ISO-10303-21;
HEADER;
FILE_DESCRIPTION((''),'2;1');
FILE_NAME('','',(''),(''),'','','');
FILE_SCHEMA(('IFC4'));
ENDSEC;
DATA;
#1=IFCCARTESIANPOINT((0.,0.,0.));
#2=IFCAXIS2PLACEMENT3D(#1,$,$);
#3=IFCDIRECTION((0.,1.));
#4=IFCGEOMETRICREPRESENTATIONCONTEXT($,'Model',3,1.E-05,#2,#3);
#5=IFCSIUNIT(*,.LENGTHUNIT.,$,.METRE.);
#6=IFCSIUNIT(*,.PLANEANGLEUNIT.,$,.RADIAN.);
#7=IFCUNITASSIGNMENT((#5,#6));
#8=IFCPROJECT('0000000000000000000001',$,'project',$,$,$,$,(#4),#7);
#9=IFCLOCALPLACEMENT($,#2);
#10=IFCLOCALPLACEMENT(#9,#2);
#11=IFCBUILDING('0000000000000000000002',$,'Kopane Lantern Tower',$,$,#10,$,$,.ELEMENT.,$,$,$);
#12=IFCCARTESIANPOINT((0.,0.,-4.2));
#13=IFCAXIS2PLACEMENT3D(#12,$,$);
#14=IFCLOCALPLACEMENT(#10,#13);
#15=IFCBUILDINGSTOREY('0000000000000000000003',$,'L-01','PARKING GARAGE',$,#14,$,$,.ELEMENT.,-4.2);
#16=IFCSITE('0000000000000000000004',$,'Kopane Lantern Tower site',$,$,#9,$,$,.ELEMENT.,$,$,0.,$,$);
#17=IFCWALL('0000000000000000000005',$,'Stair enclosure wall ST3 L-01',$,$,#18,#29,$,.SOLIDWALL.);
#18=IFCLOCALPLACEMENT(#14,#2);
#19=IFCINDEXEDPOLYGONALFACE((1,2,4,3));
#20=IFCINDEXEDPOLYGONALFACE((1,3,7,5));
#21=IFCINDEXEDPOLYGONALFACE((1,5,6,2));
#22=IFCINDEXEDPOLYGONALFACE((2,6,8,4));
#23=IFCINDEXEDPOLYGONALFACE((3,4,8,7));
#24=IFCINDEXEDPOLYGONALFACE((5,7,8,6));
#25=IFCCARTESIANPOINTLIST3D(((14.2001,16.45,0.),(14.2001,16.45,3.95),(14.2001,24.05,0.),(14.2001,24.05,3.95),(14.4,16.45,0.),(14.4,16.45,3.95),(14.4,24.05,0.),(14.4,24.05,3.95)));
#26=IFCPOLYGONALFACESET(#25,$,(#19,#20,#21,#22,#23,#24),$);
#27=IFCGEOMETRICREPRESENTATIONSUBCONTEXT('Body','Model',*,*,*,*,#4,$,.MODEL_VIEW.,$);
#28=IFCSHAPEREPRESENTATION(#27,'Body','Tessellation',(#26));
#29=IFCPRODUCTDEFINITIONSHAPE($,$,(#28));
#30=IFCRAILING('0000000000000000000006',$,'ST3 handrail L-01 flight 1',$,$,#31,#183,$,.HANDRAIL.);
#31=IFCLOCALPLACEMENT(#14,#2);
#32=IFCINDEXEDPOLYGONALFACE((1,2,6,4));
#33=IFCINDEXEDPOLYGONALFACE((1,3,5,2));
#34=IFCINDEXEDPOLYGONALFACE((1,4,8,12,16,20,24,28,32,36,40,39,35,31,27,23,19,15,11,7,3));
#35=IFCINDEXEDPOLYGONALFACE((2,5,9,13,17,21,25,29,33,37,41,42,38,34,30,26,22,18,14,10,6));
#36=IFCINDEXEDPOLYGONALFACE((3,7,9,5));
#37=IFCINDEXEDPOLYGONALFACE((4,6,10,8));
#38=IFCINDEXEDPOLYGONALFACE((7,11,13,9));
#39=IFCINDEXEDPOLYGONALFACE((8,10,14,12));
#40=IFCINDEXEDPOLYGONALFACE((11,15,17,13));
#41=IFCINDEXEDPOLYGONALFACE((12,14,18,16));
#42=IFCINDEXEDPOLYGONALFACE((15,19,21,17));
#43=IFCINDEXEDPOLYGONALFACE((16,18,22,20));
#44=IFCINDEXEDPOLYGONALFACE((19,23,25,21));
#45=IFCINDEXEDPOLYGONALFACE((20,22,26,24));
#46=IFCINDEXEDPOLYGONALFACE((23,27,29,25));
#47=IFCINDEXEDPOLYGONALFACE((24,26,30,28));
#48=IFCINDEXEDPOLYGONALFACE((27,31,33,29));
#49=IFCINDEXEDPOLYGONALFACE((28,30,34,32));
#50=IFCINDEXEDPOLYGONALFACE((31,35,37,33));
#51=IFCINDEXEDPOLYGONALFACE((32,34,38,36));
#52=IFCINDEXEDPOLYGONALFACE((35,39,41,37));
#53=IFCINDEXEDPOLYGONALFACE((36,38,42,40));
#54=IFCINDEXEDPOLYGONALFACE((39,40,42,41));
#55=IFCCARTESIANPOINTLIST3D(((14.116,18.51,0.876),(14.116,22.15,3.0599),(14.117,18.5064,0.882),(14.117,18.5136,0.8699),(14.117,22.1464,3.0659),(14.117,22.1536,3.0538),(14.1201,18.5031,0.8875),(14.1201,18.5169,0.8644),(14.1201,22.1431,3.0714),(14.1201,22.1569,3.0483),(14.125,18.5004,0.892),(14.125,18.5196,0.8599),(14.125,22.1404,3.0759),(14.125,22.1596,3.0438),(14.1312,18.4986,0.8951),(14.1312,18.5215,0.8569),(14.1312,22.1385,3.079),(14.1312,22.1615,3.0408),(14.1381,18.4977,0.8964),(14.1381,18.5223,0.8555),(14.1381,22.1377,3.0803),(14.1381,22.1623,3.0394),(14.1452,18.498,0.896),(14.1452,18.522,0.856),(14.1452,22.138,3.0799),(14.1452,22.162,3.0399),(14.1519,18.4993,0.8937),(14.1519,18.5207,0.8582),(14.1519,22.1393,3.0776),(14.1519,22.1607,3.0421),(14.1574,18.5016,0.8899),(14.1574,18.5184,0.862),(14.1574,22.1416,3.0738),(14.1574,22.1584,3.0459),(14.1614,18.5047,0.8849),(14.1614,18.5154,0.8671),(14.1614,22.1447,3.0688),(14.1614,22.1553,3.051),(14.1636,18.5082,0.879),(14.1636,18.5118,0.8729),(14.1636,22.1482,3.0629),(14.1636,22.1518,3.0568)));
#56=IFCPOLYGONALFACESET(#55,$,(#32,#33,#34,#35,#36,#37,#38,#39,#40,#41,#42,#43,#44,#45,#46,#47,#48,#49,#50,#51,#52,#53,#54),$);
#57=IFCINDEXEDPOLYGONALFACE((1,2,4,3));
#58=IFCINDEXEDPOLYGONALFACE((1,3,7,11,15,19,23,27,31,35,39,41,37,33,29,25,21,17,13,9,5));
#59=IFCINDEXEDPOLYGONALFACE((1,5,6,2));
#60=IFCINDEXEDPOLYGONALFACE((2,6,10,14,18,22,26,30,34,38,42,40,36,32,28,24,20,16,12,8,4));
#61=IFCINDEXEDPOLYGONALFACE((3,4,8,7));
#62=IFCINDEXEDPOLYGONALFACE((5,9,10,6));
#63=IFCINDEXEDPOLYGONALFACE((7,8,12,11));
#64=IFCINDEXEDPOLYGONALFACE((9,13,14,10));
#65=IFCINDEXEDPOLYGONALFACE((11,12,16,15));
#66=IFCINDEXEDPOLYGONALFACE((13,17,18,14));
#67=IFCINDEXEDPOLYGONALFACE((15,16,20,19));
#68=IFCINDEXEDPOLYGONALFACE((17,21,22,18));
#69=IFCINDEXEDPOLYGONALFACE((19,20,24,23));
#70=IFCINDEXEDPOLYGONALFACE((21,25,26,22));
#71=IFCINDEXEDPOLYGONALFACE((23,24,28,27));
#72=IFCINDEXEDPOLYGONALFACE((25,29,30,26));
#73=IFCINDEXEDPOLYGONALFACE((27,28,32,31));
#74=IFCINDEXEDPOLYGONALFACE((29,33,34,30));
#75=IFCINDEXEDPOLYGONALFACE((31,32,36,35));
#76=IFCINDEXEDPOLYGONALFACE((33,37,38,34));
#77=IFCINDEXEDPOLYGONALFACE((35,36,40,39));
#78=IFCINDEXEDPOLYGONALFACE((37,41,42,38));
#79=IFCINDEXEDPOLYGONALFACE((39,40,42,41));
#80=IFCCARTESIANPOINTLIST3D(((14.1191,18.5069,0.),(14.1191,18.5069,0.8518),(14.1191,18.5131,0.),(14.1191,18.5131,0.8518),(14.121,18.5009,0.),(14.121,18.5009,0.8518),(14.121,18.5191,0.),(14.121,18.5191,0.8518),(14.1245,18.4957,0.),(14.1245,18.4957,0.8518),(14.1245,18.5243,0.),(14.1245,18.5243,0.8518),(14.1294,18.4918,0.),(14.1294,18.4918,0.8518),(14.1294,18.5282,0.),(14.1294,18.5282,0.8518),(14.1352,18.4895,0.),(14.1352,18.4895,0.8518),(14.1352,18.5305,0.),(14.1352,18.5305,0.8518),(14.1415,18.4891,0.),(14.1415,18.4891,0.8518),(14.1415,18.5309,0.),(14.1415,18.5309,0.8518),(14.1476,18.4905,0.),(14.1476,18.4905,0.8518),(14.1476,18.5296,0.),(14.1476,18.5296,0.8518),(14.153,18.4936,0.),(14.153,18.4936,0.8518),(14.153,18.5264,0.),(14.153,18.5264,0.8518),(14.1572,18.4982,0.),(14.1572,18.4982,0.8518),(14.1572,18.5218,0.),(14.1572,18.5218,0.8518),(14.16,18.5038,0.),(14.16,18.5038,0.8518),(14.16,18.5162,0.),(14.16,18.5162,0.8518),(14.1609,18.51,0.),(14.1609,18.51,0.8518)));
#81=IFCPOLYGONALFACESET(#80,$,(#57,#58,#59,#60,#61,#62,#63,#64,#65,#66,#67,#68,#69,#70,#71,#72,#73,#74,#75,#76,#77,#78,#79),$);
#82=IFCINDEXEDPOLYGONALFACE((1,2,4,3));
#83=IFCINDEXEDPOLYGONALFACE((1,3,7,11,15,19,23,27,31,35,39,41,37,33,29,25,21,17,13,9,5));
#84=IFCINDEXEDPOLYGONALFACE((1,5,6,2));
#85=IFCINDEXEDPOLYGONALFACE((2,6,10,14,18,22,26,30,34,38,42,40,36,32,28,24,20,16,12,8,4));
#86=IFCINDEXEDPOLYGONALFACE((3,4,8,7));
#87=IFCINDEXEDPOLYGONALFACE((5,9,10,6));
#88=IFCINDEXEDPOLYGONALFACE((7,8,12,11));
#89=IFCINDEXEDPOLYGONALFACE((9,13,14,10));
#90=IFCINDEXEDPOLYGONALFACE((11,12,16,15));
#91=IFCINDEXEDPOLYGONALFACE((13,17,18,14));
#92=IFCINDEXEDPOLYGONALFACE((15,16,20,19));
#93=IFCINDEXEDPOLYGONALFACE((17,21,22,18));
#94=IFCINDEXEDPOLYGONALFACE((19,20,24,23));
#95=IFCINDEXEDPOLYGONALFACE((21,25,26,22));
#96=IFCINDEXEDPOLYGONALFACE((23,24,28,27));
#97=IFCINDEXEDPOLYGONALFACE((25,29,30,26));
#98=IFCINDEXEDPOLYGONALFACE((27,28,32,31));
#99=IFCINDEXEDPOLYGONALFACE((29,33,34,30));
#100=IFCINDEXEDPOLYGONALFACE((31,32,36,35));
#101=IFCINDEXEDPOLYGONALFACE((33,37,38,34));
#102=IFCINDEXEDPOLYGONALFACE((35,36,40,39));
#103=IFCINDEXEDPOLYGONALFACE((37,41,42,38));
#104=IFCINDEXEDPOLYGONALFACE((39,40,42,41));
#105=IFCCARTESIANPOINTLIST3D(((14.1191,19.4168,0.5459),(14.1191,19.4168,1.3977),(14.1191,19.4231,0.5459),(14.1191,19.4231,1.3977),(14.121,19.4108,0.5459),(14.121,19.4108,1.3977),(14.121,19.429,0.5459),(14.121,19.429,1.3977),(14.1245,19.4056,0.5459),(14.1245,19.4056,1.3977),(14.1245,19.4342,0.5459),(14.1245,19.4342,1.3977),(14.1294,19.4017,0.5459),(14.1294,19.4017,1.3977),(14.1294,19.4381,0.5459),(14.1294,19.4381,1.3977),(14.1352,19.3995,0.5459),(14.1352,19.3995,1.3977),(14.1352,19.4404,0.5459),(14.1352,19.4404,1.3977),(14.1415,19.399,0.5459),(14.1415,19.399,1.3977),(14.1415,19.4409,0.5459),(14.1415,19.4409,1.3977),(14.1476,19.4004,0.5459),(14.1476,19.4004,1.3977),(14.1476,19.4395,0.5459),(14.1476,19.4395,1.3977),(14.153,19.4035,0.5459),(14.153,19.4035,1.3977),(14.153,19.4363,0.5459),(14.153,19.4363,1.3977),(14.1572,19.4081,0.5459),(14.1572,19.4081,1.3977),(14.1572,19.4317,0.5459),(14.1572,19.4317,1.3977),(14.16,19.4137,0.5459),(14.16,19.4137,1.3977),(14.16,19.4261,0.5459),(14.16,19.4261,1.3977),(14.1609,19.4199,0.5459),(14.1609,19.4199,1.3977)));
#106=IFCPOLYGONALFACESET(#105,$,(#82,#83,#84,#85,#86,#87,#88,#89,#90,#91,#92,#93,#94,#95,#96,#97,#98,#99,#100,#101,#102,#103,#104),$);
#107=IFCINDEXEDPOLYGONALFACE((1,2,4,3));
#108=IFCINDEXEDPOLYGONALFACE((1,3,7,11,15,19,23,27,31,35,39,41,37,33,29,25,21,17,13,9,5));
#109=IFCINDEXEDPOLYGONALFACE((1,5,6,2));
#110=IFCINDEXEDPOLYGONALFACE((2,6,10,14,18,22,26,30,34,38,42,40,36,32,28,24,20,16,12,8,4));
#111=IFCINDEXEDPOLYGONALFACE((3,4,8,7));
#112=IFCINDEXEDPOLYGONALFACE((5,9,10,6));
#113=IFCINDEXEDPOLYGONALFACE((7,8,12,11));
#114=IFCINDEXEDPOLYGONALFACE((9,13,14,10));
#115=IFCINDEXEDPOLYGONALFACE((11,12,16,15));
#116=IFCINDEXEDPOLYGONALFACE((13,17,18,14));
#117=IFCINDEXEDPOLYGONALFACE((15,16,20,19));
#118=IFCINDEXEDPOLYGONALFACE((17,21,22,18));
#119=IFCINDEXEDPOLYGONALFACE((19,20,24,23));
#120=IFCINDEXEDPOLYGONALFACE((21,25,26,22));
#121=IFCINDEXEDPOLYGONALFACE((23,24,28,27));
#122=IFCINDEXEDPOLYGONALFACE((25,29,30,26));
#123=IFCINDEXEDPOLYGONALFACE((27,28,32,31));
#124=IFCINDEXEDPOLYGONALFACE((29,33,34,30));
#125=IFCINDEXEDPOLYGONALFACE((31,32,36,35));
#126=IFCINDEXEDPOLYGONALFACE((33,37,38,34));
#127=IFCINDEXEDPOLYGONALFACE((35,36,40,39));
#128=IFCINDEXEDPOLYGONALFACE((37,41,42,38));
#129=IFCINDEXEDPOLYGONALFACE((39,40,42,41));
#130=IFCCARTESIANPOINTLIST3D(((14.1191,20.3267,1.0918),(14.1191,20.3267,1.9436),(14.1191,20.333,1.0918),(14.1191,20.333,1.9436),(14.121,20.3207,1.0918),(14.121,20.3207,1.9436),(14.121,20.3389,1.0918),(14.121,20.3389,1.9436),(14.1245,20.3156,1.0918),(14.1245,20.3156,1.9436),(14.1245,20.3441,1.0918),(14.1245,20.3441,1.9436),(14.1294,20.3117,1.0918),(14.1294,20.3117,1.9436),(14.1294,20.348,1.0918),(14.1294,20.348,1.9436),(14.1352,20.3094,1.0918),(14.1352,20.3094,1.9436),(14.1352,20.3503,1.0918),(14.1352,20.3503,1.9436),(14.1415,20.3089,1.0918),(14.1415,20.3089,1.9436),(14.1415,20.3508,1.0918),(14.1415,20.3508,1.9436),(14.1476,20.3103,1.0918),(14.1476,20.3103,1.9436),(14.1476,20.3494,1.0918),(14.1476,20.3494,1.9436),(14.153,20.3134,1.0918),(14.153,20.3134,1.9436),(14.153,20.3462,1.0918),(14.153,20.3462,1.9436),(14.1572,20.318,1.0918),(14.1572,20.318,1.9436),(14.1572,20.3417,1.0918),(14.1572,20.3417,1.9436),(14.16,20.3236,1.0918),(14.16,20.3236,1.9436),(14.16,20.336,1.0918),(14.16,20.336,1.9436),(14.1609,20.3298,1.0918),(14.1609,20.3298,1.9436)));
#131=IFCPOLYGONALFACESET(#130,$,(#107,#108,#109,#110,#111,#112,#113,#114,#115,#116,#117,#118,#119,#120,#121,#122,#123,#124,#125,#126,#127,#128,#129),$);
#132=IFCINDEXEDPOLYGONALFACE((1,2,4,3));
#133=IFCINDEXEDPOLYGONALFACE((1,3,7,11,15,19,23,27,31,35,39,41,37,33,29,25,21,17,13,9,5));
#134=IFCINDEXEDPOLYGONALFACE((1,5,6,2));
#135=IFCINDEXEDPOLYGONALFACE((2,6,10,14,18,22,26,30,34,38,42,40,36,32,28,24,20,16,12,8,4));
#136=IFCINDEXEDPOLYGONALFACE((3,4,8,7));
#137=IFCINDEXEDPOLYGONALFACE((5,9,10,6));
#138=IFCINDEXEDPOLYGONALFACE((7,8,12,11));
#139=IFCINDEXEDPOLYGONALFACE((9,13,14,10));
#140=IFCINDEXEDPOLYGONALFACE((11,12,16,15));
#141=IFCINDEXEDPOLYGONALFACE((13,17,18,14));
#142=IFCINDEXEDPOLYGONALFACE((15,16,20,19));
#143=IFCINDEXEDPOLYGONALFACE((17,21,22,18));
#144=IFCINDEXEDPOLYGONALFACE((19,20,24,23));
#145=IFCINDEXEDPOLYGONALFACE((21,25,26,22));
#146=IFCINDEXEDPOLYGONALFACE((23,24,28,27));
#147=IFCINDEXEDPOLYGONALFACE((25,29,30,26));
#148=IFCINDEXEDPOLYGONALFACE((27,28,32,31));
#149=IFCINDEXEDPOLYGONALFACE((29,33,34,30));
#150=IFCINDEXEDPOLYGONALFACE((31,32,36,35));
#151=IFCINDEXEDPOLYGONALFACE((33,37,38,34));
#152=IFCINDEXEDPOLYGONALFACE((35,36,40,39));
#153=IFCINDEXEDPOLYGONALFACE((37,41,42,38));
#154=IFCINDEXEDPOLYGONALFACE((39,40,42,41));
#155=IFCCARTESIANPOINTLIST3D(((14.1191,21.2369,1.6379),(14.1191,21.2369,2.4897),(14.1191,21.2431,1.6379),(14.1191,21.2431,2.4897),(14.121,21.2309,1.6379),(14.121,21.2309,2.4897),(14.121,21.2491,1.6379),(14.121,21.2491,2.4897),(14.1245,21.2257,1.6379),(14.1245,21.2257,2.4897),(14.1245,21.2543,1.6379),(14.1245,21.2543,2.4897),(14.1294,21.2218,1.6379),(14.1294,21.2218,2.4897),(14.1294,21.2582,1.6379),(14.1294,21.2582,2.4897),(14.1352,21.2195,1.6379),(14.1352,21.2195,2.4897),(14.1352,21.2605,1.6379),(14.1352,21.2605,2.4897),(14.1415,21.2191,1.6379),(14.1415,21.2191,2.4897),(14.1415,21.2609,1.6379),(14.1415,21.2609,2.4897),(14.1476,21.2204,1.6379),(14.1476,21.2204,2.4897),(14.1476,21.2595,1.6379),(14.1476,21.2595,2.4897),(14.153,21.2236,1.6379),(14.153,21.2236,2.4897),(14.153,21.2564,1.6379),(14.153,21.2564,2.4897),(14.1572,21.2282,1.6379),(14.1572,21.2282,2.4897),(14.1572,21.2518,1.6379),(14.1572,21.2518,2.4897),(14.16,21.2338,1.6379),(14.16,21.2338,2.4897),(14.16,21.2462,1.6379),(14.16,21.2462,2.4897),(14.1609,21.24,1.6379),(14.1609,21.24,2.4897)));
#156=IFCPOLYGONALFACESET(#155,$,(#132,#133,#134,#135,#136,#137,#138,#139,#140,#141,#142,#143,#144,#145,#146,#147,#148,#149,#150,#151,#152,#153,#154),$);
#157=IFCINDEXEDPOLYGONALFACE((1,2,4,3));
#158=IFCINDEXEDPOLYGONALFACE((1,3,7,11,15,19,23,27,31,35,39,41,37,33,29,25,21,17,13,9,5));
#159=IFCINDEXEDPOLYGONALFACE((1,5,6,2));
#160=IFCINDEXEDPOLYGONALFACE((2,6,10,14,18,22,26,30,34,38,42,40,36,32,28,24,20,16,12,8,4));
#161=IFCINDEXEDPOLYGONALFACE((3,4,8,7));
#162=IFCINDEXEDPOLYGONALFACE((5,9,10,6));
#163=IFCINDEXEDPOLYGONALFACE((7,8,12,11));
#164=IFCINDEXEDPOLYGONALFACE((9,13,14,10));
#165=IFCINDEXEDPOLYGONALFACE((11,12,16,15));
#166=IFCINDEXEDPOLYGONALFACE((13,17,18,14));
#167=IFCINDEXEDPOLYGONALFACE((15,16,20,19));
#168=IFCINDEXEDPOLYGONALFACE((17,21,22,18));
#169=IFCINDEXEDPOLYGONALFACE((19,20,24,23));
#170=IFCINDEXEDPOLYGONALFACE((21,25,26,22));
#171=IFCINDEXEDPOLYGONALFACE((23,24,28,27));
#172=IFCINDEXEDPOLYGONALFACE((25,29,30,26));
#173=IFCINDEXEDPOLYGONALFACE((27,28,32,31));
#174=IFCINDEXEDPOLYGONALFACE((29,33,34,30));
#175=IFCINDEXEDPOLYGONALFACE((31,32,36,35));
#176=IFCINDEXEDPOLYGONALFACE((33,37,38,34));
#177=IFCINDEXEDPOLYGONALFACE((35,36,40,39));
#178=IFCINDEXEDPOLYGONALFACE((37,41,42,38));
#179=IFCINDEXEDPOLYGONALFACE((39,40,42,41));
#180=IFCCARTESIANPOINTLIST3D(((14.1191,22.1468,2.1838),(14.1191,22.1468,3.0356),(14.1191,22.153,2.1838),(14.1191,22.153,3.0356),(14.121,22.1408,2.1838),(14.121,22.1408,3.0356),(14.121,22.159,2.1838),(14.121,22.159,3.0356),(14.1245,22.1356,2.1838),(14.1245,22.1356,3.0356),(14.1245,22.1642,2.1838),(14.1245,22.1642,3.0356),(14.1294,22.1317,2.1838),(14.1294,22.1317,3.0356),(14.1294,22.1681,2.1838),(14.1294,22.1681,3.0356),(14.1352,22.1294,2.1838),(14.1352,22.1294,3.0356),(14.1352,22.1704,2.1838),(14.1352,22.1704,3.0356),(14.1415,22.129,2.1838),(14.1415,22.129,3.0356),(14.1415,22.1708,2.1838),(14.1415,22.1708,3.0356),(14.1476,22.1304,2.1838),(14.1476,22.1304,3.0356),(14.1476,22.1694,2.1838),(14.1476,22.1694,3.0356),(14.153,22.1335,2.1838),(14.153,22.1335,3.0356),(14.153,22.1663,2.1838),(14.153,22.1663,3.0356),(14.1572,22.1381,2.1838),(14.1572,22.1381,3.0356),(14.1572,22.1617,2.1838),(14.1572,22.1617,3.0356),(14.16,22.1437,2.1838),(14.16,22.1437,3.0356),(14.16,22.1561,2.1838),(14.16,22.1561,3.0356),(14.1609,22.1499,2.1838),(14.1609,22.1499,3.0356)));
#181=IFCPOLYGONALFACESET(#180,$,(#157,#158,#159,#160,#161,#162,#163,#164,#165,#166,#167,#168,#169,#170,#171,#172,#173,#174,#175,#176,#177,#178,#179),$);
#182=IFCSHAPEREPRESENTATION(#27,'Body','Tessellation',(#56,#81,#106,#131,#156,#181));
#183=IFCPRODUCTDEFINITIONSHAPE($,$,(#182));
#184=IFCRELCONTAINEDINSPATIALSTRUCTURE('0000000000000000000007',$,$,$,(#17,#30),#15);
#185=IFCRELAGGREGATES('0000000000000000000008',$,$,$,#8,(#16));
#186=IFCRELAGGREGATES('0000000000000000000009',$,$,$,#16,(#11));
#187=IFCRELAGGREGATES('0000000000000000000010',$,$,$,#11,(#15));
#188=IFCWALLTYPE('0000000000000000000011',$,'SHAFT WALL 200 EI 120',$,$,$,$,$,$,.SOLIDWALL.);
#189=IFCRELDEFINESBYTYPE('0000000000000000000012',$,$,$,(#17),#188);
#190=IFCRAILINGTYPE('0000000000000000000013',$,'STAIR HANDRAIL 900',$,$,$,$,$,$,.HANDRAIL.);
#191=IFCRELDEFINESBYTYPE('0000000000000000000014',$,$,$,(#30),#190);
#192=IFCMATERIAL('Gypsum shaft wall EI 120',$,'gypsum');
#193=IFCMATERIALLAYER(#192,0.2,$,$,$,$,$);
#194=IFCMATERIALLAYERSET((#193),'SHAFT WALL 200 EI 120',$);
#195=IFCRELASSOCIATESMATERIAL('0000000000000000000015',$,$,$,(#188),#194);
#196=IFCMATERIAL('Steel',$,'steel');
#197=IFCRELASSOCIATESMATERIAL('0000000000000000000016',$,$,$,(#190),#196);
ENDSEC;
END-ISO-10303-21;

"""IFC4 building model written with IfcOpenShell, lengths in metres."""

from ifc_helpers import new_model, si_unit, direction, frame, frame_2d, origin, origin_2d, place, context, subcontext, project, spatial, rectangle, circle, extrude, material, layer, layer_set, type_object, element, save


model = new_model("IFC4")

# Units and contexts
model_context = context("Model", 3, precision=1e-05, world=origin(), true_north=direction((0.0, 1.0)))
body_context = subcontext(model_context, "Body", "Model", "MODEL_VIEW")
ifc_project = project(units=[si_unit("LENGTHUNIT", "METRE"), si_unit("PLANEANGLEUNIT", "RADIAN")], contexts=[model_context])

# Site, building, storey
site_placement = place(None, origin())
site = spatial("IfcSite", under=ifc_project, at=site_placement, Name="Kopane Lantern Tower site", CompositionType="ELEMENT", RefElevation=0.0)
building_placement = place(site_placement, origin())
building = spatial("IfcBuilding", under=site, at=building_placement, Name="Kopane Lantern Tower", CompositionType="ELEMENT")
storey_placement = place(building_placement, frame((0.0, 0.0, -4.2)))
storey = spatial("IfcBuildingStorey", under=building, at=storey_placement, Name="L-01", Description="PARKING GARAGE", CompositionType="ELEMENT", Elevation=-4.2)

# Shared definitions
ifc_material_1 = material(Name="Gypsum shaft wall EI 120", Category="gypsum")
ifc_layer = layer(ifc_material_1, 0.2)
ifc_layer_set = layer_set([ifc_layer], Name="SHAFT WALL 200 EI 120")
wall_type = type_object("IfcWallType", Name="SHAFT WALL 200 EI 120", PredefinedType="SOLIDWALL", material=ifc_layer_set)

# Wall
for number, where, z_axis, x_axis, name in (
    (1, (14.3, 16.45, 0.0), (0.0, 0.0, 1.0), (0.0, 1.0, 0.0), "Stair enclosure wall ST3 L-01"),
):
    element("IfcWall", number, at=place(storey_placement, frame(where, z_axis=z_axis, x_axis=x_axis)), inside=storey, type_object=wall_type, Name=name, PredefinedType="SOLIDWALL", context=body_context, shape_type="SweptSolid", body=[
        extrude(rectangle(XDim=7.6001, YDim=0.2, at=frame_2d((3.8, 0.0))), origin(), (0.0, 0.0, 1.0), 3.95),
    ])

# Railing
ifc_material_2 = material(Name="Steel", Category="steel")
railing_type_1 = type_object("IfcRailingType", Name="STAIR HANDRAIL 900", PredefinedType="HANDRAIL", material=ifc_material_2)
for number, where, name in (
    (2, (14.1399, 18.51, 0.0), "ST3 handrail L-01 flight 1"),
):
    element("IfcRailing", number, at=place(storey_placement, frame(where)), inside=storey, type_object=railing_type_1, Name=name, PredefinedType="HANDRAIL", context=body_context, shape_type="SweptSolid", body=[
        extrude(circle(Radius=0.0239, at=origin_2d()), frame((0.0, 0.0, 0.876), z_axis=(0.0, 0.857503, 0.514479), x_axis=(-1.0, 0.0, 0.0)), (0.0, 0.0, 1.0), 4.2449),
        extrude(circle(Radius=0.021, at=origin_2d()), origin(), (0.0, 0.0, 1.0), 0.8518),
        extrude(circle(Radius=0.021, at=origin_2d()), frame((0.0, 0.9099, 0.5459)), (0.0, 0.0, 1.0), 0.8518),
        extrude(circle(Radius=0.021, at=origin_2d()), frame((0.0, 1.8198, 1.0918)), (0.0, 0.0, 1.0), 0.8518),
        extrude(circle(Radius=0.021, at=origin_2d()), frame((0.0, 2.73, 1.6379)), (0.0, 0.0, 1.0), 0.8518),
        extrude(circle(Radius=0.021, at=origin_2d()), frame((0.0, 3.6399, 2.1838)), (0.0, 0.0, 1.0), 0.8518),
    ])

save(model, "model.ifc")
